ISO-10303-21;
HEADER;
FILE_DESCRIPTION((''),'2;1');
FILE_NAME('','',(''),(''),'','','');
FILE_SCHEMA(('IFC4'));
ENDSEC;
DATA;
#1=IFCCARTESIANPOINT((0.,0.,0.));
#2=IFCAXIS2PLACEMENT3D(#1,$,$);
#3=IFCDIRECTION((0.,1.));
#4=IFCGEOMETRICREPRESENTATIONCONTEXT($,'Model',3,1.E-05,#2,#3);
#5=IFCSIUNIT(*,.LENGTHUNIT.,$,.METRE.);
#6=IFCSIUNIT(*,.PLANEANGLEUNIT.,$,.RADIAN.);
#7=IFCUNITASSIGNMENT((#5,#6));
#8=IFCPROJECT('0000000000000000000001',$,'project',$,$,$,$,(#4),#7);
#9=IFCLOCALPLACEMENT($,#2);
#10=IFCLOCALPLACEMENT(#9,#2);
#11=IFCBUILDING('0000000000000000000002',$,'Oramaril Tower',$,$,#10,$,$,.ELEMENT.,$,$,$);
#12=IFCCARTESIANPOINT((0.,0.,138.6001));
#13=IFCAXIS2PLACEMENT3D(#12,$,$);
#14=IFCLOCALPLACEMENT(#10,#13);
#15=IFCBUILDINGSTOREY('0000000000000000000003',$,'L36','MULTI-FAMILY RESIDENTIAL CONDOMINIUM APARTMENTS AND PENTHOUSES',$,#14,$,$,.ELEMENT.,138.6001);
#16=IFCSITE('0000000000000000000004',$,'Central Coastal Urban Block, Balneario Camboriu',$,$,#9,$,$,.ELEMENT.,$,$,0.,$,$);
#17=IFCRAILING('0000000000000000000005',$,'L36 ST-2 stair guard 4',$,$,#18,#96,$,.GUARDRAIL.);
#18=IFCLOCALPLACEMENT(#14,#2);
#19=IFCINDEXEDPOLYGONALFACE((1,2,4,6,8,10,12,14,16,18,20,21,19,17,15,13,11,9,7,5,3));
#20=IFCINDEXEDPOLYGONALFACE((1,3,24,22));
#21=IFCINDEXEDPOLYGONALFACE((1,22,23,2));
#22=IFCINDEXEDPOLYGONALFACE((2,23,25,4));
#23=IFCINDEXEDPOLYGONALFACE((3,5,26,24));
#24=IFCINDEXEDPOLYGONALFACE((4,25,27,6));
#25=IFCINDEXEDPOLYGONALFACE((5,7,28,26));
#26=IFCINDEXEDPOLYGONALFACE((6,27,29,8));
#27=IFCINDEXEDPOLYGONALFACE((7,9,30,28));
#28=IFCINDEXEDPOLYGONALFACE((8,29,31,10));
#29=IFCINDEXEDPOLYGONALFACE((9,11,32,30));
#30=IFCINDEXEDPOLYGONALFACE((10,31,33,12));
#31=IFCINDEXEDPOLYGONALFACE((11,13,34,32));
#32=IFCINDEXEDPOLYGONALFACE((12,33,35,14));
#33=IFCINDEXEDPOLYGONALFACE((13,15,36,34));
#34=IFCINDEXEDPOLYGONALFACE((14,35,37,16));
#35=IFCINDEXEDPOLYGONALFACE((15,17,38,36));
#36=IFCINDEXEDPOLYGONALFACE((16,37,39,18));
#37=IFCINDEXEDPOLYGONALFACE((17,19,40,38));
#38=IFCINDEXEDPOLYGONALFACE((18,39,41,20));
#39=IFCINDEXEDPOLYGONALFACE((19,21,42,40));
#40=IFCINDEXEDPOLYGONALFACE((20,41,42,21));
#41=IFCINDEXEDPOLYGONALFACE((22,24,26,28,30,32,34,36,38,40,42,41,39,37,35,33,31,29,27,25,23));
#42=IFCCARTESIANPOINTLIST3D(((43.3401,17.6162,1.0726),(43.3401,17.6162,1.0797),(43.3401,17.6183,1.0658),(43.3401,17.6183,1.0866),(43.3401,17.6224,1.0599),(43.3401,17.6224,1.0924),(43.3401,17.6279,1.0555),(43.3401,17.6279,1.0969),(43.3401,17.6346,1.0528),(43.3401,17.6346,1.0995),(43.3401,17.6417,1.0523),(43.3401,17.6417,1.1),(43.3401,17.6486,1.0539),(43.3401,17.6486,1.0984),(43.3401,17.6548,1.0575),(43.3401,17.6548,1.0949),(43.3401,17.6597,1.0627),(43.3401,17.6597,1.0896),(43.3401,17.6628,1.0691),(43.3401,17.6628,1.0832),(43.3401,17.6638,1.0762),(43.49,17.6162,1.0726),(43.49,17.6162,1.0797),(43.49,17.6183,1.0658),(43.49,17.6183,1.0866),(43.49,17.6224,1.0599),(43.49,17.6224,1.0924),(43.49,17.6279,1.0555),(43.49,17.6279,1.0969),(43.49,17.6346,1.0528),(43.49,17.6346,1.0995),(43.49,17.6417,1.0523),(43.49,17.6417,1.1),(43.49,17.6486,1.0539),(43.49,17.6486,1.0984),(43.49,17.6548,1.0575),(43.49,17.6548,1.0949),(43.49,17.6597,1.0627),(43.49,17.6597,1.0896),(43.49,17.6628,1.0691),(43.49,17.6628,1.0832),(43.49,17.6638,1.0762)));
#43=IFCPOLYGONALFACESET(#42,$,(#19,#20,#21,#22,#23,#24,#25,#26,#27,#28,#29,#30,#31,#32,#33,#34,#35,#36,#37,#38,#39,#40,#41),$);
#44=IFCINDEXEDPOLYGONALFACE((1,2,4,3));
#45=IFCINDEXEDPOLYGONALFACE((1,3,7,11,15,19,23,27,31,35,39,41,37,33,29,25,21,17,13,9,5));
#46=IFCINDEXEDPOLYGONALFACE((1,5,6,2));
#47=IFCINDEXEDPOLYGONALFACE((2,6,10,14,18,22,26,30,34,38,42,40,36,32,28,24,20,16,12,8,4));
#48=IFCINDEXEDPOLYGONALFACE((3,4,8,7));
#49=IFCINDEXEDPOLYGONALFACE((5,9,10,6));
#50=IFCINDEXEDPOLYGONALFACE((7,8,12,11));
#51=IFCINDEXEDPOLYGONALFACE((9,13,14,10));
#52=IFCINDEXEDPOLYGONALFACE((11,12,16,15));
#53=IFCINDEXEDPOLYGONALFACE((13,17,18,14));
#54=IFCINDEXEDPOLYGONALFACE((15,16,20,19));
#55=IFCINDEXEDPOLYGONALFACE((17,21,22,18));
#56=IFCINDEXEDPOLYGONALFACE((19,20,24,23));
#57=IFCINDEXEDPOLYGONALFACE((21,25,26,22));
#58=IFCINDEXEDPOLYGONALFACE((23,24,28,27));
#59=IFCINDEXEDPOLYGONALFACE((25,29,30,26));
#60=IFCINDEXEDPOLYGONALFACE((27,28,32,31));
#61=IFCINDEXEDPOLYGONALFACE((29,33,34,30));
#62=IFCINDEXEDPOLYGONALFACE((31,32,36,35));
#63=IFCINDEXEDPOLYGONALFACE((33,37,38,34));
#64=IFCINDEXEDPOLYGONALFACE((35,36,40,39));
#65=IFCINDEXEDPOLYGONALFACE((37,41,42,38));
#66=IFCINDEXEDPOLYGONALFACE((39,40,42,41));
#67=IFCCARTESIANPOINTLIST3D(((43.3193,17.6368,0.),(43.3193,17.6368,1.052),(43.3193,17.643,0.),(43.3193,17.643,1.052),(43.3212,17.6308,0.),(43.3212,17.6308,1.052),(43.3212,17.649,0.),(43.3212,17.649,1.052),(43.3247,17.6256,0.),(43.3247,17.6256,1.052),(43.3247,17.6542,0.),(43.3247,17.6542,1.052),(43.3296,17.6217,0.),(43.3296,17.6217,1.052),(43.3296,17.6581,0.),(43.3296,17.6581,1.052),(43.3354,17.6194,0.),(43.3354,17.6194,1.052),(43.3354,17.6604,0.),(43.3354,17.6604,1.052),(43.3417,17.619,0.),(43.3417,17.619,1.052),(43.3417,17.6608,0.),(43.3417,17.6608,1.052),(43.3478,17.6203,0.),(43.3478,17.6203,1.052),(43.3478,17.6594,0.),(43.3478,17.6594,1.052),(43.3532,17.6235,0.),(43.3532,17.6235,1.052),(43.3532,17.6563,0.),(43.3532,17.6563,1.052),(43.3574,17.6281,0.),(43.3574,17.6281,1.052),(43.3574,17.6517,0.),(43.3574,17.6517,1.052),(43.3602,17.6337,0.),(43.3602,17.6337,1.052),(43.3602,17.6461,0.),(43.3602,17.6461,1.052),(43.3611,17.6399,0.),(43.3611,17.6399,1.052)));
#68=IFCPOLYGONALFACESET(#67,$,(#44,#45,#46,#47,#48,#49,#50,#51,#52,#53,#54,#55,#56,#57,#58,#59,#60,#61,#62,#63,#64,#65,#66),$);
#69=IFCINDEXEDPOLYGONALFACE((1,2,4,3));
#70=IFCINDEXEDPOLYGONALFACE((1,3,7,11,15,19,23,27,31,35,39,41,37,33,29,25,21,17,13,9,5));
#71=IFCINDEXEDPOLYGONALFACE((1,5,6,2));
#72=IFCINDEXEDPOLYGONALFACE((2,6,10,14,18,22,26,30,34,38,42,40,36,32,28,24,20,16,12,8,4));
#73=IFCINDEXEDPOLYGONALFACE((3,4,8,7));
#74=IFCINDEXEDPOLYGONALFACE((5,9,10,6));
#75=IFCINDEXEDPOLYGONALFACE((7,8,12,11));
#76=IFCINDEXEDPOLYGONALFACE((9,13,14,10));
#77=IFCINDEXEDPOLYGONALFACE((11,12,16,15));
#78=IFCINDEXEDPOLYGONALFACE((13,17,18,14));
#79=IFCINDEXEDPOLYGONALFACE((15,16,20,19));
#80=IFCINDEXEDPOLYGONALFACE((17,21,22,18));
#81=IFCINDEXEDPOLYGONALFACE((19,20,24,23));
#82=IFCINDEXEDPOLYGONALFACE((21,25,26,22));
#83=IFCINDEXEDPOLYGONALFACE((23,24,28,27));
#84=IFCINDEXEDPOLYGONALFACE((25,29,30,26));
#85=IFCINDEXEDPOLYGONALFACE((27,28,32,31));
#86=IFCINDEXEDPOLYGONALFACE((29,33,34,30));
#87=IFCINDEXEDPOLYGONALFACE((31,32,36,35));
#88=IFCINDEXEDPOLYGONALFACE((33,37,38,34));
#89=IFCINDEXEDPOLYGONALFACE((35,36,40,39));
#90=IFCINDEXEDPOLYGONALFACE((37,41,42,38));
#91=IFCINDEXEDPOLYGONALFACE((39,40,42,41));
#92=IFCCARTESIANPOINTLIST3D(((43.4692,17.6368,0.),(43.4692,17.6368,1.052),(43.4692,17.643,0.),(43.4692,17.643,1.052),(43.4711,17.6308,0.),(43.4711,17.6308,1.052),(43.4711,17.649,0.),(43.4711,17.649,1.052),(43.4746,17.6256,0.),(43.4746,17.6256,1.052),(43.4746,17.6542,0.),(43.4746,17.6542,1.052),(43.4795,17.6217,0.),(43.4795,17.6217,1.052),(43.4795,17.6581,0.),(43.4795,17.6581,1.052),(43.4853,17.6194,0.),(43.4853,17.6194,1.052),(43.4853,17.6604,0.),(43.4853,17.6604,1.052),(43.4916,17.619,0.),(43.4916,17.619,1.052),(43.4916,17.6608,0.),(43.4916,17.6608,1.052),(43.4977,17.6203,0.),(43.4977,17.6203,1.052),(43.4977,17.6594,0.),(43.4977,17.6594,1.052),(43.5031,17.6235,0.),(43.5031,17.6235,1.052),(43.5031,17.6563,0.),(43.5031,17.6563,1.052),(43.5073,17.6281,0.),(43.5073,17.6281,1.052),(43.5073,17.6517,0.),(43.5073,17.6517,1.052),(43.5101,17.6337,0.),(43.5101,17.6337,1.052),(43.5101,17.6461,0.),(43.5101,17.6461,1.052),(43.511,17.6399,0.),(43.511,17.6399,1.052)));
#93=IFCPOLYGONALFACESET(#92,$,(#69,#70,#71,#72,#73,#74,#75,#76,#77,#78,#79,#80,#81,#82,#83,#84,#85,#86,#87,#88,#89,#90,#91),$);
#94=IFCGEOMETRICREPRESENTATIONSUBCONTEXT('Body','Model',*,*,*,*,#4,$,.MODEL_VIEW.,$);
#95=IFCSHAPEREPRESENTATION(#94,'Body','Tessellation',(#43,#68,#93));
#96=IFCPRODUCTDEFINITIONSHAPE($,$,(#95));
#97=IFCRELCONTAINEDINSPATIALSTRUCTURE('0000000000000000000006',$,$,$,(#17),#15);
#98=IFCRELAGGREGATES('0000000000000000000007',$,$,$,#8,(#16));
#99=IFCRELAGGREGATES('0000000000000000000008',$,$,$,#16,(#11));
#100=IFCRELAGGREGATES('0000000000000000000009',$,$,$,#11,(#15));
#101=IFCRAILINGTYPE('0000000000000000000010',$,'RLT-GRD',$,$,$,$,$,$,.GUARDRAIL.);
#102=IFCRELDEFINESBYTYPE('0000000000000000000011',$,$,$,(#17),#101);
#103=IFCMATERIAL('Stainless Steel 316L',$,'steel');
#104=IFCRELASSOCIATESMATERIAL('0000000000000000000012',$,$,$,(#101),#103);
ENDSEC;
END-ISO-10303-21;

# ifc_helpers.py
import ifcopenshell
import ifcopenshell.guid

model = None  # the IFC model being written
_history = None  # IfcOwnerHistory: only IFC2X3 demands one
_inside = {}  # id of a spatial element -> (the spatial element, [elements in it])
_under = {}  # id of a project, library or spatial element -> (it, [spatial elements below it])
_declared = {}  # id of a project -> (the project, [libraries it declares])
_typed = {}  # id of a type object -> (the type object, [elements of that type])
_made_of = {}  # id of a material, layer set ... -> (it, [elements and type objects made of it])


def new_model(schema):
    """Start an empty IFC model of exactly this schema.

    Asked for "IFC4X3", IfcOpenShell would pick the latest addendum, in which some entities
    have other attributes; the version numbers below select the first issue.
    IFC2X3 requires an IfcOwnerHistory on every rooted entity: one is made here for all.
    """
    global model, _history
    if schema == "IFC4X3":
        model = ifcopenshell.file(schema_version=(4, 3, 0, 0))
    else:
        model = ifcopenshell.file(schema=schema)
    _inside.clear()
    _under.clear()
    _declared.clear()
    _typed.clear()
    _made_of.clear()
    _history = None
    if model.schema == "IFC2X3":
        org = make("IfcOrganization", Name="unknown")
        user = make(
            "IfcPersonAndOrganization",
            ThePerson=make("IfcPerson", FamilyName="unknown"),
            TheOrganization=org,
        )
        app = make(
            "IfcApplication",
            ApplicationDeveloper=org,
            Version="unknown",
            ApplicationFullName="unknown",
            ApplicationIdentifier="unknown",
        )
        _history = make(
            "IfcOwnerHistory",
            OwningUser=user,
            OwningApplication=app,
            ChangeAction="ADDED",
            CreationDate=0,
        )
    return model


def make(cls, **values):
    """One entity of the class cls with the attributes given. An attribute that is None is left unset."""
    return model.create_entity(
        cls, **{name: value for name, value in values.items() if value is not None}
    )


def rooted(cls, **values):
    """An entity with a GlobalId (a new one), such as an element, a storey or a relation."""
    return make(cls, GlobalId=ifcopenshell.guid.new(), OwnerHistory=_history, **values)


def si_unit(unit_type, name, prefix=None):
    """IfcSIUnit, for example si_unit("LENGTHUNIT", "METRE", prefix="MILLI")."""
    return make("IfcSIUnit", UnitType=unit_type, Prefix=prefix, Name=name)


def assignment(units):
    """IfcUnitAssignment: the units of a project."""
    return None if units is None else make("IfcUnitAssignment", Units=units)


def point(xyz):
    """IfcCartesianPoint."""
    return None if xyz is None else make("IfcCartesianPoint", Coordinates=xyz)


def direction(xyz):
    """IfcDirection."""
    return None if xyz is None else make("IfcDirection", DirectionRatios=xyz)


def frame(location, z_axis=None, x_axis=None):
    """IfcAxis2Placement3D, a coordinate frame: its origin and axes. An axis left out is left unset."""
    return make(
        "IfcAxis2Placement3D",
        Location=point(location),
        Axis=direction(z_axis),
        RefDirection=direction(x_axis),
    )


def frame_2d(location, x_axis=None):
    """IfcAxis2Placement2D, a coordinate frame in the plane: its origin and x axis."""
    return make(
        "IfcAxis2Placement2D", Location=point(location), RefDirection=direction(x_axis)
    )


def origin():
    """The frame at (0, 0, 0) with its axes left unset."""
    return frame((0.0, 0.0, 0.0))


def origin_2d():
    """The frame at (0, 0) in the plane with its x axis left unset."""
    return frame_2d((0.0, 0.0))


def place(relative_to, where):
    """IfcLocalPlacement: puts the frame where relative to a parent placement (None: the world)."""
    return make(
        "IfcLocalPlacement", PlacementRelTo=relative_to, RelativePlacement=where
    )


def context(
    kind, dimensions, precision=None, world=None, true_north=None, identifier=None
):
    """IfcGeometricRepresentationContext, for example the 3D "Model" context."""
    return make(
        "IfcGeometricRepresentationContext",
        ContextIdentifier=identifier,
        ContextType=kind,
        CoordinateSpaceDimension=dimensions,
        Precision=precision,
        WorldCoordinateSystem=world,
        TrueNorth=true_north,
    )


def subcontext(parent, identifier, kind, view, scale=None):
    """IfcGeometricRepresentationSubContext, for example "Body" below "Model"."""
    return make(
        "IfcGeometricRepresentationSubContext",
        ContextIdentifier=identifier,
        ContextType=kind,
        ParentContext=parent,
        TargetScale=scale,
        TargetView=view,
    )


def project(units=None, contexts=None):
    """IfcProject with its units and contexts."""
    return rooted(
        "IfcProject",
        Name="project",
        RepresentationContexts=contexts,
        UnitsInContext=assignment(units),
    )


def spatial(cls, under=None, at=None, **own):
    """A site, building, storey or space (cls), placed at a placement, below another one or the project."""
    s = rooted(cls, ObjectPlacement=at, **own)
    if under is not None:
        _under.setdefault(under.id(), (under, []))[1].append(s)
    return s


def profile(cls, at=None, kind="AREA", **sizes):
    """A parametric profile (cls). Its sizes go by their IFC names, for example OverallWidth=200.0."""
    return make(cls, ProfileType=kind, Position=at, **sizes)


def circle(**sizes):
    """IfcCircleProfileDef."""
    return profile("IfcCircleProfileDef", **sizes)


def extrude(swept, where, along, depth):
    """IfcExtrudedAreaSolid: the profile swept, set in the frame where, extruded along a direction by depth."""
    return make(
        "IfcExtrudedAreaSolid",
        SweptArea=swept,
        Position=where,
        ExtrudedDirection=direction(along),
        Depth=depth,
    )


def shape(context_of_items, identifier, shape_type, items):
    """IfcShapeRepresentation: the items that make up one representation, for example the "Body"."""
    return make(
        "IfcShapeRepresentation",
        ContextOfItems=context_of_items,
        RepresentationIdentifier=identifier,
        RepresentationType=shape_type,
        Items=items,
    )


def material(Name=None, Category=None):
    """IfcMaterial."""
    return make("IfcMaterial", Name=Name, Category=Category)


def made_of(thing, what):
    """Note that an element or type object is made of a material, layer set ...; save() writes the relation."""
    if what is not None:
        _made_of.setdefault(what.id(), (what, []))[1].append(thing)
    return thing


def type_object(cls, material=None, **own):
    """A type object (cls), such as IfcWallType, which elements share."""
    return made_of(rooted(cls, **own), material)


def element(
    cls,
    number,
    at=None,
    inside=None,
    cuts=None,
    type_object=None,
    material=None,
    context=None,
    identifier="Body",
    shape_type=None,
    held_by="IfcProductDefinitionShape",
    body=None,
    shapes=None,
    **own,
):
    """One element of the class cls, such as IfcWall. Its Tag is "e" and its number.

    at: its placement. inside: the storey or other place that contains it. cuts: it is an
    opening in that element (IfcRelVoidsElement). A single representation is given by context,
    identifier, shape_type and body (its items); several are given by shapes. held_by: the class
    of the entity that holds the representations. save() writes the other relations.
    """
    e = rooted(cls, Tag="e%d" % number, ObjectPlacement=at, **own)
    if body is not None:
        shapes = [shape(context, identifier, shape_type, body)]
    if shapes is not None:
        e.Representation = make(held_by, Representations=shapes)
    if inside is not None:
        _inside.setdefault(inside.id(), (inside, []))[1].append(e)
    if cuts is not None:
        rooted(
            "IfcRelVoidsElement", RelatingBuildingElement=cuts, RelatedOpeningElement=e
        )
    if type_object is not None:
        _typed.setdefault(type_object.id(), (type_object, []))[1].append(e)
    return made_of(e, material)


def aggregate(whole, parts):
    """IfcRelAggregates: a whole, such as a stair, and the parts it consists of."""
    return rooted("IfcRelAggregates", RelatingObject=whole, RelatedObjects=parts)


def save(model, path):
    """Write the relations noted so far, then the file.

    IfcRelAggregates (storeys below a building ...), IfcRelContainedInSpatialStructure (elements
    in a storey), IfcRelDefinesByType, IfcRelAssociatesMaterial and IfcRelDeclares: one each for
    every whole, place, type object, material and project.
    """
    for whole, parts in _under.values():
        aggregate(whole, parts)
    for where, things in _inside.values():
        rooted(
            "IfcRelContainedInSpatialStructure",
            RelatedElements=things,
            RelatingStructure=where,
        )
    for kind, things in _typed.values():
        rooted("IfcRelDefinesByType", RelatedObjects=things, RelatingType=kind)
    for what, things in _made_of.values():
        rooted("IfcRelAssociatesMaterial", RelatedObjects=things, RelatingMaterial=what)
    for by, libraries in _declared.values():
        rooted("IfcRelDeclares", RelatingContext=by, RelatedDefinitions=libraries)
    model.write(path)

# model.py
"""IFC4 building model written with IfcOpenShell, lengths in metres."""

from ifc_helpers import new_model, si_unit, direction, frame, origin, origin_2d, place, context, subcontext, project, spatial, circle, extrude, material, type_object, element, save


model = new_model("IFC4")

# Units and contexts
model_context = context("Model", 3, precision=1e-05, world=origin(), true_north=direction((0.0, 1.0)))
body_context = subcontext(model_context, "Body", "Model", "MODEL_VIEW")
ifc_project = project(units=[si_unit("LENGTHUNIT", "METRE"), si_unit("PLANEANGLEUNIT", "RADIAN")], contexts=[model_context])

# Site, building, storey
site_placement = place(None, origin())
site = spatial("IfcSite", under=ifc_project, at=site_placement, Name="Central Coastal Urban Block, Balneario Camboriu", CompositionType="ELEMENT", RefElevation=0.0)
building_placement = place(site_placement, origin())
building = spatial("IfcBuilding", under=site, at=building_placement, Name="Oramaril Tower", CompositionType="ELEMENT")
storey_placement = place(building_placement, frame((0.0, 0.0, 138.6001)))
storey = spatial("IfcBuildingStorey", under=building, at=storey_placement, Name="L36", Description="MULTI-FAMILY RESIDENTIAL CONDOMINIUM APARTMENTS AND PENTHOUSES", CompositionType="ELEMENT", Elevation=138.6001)

# Railing
ifc_material_1 = material(Name="Stainless Steel 316L", Category="steel")
railing_type_1 = type_object("IfcRailingType", Name="RLT-GRD", PredefinedType="GUARDRAIL", material=ifc_material_1)
railing_1_placement = place(storey_placement, frame((43.3401, 17.6399, 0.0)))
element("IfcRailing", 1, at=railing_1_placement, inside=storey, type_object=railing_type_1, Name="L36 ST-2 stair guard 4", PredefinedType="GUARDRAIL", context=body_context, shape_type="SweptSolid", body=[
    extrude(circle(Radius=0.0239, at=origin_2d()), frame((0.0, 0.0, 1.0762), z_axis=(1.0, 0.0, 0.0), x_axis=(0.0, 1.0, 0.0)), (0.0, 0.0, 1.0), 0.1499),
    extrude(circle(Radius=0.021, at=origin_2d()), origin(), (0.0, 0.0, 1.0), 1.052),
    extrude(circle(Radius=0.021, at=origin_2d()), frame((0.1499, 0.0, 0.0)), (0.0, 0.0, 1.0), 1.052),
])

save(model, "model.ifc")
